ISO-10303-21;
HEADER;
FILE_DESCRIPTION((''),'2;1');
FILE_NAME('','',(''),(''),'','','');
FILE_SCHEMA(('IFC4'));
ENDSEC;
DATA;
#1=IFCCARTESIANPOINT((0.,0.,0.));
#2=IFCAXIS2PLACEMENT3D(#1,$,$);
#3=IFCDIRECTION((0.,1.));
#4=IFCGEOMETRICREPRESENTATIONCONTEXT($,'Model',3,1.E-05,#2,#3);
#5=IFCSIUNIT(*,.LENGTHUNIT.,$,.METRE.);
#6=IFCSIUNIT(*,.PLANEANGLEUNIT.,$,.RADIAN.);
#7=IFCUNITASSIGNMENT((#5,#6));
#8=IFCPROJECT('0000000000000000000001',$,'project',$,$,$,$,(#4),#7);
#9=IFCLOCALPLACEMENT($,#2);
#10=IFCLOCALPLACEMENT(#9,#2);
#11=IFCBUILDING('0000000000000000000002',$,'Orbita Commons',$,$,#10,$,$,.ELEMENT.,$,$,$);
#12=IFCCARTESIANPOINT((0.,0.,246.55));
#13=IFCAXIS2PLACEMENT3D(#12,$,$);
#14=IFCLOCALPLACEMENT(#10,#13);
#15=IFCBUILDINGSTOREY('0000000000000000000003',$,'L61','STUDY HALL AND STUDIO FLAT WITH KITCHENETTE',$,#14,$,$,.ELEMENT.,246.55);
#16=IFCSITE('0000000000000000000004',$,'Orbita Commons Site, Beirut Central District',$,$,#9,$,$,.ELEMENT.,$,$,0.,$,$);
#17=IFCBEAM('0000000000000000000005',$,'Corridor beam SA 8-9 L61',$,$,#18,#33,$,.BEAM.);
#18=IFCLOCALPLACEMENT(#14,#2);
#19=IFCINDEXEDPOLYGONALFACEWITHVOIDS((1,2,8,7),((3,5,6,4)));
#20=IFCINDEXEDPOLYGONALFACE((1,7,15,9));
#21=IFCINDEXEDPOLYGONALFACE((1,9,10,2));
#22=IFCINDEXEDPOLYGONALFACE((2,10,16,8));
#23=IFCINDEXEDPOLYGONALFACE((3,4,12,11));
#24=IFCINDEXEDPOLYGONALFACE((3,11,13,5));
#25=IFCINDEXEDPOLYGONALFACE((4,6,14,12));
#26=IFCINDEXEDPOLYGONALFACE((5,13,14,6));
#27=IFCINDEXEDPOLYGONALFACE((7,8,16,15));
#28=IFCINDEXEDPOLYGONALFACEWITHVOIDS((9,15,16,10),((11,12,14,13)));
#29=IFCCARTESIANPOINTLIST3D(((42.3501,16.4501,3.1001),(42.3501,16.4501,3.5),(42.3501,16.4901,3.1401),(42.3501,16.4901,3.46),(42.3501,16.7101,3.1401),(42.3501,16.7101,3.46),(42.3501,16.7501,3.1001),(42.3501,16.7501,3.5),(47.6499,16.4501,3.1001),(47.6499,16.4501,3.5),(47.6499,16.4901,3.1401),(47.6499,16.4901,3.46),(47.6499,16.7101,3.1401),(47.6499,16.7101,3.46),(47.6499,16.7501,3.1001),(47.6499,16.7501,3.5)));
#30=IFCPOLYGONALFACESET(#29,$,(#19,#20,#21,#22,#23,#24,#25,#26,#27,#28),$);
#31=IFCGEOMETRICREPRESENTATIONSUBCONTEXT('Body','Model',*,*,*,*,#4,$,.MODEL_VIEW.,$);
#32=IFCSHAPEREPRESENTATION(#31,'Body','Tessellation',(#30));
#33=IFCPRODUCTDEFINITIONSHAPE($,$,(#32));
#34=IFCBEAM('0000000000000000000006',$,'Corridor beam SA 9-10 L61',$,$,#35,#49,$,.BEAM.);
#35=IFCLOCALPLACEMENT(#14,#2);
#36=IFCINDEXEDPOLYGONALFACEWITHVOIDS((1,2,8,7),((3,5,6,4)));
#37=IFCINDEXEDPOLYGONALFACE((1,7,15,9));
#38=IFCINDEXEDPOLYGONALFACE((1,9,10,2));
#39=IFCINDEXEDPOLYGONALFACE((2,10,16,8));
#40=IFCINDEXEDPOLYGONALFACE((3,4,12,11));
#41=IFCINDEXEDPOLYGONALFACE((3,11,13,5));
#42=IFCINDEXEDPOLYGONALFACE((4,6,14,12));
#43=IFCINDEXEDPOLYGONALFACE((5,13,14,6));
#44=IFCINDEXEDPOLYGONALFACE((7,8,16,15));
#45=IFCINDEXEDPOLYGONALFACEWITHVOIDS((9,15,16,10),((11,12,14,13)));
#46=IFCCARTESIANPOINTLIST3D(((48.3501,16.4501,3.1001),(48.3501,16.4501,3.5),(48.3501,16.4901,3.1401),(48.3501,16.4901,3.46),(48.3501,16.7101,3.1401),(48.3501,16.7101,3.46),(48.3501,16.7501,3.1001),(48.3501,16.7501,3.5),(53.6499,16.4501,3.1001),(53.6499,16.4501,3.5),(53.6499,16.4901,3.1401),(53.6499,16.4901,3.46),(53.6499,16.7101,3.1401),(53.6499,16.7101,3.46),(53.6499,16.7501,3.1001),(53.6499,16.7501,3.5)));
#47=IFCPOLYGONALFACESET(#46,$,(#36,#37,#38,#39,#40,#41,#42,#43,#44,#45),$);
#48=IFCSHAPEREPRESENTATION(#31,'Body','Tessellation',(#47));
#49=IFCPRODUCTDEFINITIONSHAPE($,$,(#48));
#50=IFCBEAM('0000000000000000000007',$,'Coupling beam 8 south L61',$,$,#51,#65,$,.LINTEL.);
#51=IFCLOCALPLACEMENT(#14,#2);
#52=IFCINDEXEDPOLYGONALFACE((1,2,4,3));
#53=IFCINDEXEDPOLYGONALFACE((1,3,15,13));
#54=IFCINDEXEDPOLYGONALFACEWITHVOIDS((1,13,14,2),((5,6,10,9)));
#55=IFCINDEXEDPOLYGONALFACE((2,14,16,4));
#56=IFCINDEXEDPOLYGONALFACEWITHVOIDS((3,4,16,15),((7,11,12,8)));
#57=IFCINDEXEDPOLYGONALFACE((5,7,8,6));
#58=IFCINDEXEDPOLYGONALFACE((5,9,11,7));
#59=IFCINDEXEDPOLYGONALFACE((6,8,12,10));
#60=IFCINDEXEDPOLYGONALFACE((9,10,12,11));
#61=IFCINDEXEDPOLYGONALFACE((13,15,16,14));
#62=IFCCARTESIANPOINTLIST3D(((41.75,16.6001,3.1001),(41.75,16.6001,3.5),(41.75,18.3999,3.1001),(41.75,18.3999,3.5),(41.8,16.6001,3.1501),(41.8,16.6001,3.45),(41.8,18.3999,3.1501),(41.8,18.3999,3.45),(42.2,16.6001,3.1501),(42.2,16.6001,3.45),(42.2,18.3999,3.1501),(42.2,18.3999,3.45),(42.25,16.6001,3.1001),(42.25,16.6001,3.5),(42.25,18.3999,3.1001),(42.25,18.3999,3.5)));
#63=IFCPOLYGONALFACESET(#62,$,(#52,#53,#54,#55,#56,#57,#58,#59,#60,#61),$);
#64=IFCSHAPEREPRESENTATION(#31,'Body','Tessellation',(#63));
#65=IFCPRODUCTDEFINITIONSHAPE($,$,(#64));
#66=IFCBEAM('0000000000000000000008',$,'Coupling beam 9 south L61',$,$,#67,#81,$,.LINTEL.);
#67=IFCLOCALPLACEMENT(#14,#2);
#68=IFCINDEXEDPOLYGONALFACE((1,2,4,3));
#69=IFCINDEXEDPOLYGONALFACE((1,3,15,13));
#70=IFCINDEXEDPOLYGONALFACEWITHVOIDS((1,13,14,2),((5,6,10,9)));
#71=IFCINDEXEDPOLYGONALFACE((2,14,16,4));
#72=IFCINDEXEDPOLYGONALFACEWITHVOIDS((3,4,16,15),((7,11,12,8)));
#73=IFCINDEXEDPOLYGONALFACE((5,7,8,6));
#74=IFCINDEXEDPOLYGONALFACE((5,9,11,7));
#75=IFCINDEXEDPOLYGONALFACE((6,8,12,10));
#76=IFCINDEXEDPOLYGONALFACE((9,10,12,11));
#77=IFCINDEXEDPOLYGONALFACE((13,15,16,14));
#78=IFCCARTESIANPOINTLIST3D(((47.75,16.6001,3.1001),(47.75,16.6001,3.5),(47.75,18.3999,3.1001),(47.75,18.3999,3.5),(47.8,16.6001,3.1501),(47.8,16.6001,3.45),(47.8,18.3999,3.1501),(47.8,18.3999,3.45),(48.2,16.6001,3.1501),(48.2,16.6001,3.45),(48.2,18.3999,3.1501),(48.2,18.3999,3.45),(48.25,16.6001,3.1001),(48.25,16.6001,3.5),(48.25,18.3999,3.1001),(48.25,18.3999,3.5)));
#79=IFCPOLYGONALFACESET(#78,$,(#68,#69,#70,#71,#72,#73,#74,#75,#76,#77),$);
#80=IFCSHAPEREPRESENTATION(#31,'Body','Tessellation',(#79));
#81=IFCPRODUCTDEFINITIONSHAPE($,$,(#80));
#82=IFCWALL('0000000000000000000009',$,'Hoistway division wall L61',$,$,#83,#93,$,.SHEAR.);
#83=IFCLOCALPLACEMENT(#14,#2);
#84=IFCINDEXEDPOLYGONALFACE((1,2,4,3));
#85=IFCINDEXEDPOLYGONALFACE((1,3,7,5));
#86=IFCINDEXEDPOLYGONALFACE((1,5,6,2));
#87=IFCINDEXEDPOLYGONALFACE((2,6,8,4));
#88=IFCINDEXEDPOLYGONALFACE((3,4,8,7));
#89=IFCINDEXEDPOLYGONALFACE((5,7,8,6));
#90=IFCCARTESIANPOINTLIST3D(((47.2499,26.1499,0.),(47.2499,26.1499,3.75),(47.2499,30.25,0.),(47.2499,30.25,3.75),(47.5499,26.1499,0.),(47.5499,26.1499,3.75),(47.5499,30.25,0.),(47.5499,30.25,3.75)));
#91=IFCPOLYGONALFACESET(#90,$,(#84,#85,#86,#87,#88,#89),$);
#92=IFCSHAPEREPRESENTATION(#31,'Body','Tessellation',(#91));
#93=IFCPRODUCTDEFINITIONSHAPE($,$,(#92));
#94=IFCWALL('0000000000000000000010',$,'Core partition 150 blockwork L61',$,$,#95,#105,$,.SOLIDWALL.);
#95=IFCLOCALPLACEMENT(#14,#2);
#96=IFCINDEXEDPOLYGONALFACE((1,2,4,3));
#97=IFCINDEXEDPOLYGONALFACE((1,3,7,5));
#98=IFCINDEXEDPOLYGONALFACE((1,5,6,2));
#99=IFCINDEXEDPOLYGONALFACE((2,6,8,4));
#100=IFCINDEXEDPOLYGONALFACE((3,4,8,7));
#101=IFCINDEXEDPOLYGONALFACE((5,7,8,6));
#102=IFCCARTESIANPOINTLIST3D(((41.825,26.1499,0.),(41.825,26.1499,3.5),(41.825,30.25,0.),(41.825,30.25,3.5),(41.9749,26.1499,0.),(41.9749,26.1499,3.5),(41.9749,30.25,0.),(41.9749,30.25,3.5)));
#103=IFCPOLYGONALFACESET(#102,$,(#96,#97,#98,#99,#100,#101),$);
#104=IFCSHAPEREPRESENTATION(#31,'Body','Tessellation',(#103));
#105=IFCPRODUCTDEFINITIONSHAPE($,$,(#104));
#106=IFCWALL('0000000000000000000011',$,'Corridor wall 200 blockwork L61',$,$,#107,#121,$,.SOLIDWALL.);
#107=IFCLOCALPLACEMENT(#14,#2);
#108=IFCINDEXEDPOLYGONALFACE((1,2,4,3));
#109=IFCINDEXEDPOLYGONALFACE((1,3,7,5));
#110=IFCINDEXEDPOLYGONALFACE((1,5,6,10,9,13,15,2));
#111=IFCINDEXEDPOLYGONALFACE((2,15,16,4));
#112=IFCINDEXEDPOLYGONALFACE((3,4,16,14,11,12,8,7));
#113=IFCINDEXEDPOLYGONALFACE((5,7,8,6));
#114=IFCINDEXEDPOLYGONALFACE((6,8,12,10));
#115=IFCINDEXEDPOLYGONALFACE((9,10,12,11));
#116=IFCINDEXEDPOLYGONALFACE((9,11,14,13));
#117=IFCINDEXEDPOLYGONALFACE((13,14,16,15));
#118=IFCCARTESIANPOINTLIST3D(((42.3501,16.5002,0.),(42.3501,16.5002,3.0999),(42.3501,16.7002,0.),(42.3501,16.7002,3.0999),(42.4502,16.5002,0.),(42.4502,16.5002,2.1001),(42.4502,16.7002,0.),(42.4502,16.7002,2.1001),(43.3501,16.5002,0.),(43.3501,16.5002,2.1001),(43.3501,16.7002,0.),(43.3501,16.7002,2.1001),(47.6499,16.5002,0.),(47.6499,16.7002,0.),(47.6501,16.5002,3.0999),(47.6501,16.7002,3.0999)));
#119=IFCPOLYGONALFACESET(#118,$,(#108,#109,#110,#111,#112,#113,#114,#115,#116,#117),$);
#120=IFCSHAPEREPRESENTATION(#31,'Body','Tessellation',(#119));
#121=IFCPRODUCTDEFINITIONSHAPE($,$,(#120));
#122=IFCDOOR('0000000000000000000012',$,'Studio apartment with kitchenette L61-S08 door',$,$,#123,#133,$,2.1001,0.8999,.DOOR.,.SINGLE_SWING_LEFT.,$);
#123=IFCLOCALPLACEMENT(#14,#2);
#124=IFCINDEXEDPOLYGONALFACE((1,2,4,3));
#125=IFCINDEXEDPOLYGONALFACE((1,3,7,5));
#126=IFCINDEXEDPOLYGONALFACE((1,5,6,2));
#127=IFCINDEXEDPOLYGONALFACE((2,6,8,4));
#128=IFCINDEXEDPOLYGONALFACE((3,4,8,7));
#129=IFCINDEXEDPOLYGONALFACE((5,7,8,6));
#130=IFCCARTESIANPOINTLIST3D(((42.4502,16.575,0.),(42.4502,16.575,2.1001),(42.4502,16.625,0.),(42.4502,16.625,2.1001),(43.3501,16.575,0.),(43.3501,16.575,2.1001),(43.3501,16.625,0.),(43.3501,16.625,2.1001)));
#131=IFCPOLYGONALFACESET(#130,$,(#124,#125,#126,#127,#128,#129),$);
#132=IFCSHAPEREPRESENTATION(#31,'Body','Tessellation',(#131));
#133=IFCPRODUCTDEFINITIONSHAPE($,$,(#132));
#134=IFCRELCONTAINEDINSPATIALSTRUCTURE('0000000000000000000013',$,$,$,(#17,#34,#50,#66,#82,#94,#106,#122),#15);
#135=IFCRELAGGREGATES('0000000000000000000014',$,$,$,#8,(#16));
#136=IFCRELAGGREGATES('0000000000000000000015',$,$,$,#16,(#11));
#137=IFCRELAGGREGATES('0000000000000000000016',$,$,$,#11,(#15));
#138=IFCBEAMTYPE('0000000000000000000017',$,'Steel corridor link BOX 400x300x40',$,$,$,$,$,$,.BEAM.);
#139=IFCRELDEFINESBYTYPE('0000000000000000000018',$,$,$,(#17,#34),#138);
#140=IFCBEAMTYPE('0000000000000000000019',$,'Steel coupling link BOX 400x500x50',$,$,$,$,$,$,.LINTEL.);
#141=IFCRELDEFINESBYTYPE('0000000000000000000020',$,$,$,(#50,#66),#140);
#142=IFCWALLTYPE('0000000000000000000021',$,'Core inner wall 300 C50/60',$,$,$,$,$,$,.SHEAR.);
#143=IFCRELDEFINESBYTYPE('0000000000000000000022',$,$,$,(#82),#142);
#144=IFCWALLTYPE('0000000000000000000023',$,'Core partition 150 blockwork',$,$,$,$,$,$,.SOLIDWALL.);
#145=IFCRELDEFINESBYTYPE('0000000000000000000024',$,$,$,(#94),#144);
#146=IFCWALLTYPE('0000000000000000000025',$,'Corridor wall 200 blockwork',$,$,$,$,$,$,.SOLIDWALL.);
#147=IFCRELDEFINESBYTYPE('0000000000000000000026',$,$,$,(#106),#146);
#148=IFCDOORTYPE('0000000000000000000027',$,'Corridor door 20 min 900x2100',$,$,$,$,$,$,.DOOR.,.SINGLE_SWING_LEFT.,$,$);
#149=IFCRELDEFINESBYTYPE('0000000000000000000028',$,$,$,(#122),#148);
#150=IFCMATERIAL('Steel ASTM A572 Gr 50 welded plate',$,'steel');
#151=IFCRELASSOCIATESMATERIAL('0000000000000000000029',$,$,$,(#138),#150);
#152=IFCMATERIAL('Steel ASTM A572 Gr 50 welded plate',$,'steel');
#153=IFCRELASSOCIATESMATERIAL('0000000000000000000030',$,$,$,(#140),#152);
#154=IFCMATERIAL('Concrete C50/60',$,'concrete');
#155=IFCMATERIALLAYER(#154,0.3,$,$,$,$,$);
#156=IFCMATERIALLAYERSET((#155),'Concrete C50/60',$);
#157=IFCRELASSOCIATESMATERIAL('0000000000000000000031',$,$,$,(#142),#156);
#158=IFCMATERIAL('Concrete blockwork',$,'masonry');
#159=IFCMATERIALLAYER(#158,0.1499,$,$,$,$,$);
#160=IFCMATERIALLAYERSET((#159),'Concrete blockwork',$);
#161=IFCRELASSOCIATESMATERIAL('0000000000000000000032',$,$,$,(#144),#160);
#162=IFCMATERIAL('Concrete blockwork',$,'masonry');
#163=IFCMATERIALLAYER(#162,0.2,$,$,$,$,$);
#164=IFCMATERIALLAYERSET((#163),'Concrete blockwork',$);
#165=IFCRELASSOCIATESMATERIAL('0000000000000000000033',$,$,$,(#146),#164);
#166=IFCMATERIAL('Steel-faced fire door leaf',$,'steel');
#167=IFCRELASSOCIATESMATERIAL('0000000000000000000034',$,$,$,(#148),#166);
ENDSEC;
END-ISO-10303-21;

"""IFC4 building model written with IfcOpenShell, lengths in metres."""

from ifc_helpers import new_model, si_unit, direction, frame, frame_2d, origin, origin_2d, place, context, subcontext, project, spatial, polyline, rectangle, hollow_rectangle, outline, extrude, material, layer, layer_set, material_profile, profile_set, type_object, element, fill, save


model = new_model("IFC4")

# Units and contexts
model_context = context("Model", 3, precision=1e-05, world=origin(), true_north=direction((0.0, 1.0)))
body_context = subcontext(model_context, "Body", "Model", "MODEL_VIEW")
ifc_project = project(units=[si_unit("LENGTHUNIT", "METRE"), si_unit("PLANEANGLEUNIT", "RADIAN")], contexts=[model_context])

# Site, building, storey
site_placement = place(None, origin())
site = spatial("IfcSite", under=ifc_project, at=site_placement, Name="Orbita Commons Site, Beirut Central District", CompositionType="ELEMENT", RefElevation=0.0)
building_placement = place(site_placement, origin())
building = spatial("IfcBuilding", under=site, at=building_placement, Name="Orbita Commons", CompositionType="ELEMENT")
storey_placement = place(building_placement, frame((0.0, 0.0, 246.55)))
storey = spatial("IfcBuildingStorey", under=building, at=storey_placement, Name="L61", Description="STUDY HALL AND STUDIO FLAT WITH KITCHENETTE", CompositionType="ELEMENT", Elevation=246.55)

# Beams
ifc_material_1 = material(Name="Steel ASTM A572 Gr 50 welded plate", Category="steel")
ifc_material_profile_1 = material_profile(ifc_material_1, hollow_rectangle(XDim=0.3, YDim=0.3999, WallThickness=0.04, at=origin_2d()), Name="BOX 400x300x40")
ifc_profile_set_1 = profile_set([ifc_material_profile_1], Name="Steel ASTM A572 Gr 50 welded plate")
beam_type_1 = type_object("IfcBeamType", Name="Steel corridor link BOX 400x300x40", PredefinedType="BEAM", material=ifc_profile_set_1)
for number, where, z_axis, x_axis, name in (
    (1, (42.3501, 16.6001, 3.3), (1.0, 0.0, 0.0), (0.0, 1.0, 0.0), "Corridor beam SA 8-9 L61"),
    (2, (48.3501, 16.6001, 3.3), (1.0, 0.0, 0.0), (0.0, 1.0, 0.0), "Corridor beam SA 9-10 L61"),
):
    element("IfcBeam", number, at=place(storey_placement, frame(where, z_axis=z_axis, x_axis=x_axis)), inside=storey, type_object=beam_type_1, Name=name, PredefinedType="BEAM", context=body_context, shape_type="SweptSolid", body=[
        extrude(hollow_rectangle(XDim=0.3, YDim=0.3999, WallThickness=0.04, at=origin_2d()), origin(), (0.0, 0.0, 1.0), 5.2998),
    ])
ifc_material_2 = material(Name="Steel ASTM A572 Gr 50 welded plate", Category="steel")
ifc_material_profile_2 = material_profile(ifc_material_2, hollow_rectangle(XDim=0.5, YDim=0.3999, WallThickness=0.05, at=origin_2d()), Name="BOX 400x500x50")
ifc_profile_set_2 = profile_set([ifc_material_profile_2], Name="Steel ASTM A572 Gr 50 welded plate")
beam_type_2 = type_object("IfcBeamType", Name="Steel coupling link BOX 400x500x50", PredefinedType="LINTEL", material=ifc_profile_set_2)
for number, where, z_axis, x_axis, name in (
    (3, (42.0, 16.6001, 3.3), (0.0, 1.0, 0.0), (-1.0, 0.0, 0.0), "Coupling beam 8 south L61"),
    (4, (48.0, 16.6001, 3.3), (0.0, 1.0, 0.0), (-1.0, 0.0, 0.0), "Coupling beam 9 south L61"),
):
    element("IfcBeam", number, at=place(storey_placement, frame(where, z_axis=z_axis, x_axis=x_axis)), inside=storey, type_object=beam_type_2, Name=name, PredefinedType="LINTEL", context=body_context, shape_type="SweptSolid", body=[
        extrude(hollow_rectangle(XDim=0.5, YDim=0.3999, WallThickness=0.05, at=origin_2d()), origin(), (0.0, 0.0, 1.0), 1.7998),
    ])

# Walls
ifc_material_3 = material(Name="Concrete C50/60", Category="concrete")
ifc_layer_1 = layer(ifc_material_3, 0.3)
ifc_layer_set_1 = layer_set([ifc_layer_1], Name="Concrete C50/60")
wall_type_1 = type_object("IfcWallType", Name="Core inner wall 300 C50/60", PredefinedType="SHEAR", material=ifc_layer_set_1)
wall_1_placement = place(storey_placement, frame((47.3999, 26.1499, 0.0), z_axis=(0.0, 0.0, 1.0), x_axis=(0.0, 1.0, 0.0)))
element("IfcWall", 5, at=wall_1_placement, inside=storey, type_object=wall_type_1, Name="Hoistway division wall L61", PredefinedType="SHEAR", context=body_context, shape_type="SweptSolid", body=[
    extrude(rectangle(XDim=4.1001, YDim=0.3, at=frame_2d((2.05, 0.0))), origin(), (0.0, 0.0, 1.0), 3.75),
])
ifc_material_4 = material(Name="Concrete blockwork", Category="masonry")
ifc_layer_2 = layer(ifc_material_4, 0.1499)
ifc_layer_set_2 = layer_set([ifc_layer_2], Name="Concrete blockwork")
wall_type_2 = type_object("IfcWallType", Name="Core partition 150 blockwork", PredefinedType="SOLIDWALL", material=ifc_layer_set_2)
wall_2_placement = place(storey_placement, frame((41.8999, 26.1499, 0.0), z_axis=(0.0, 0.0, 1.0), x_axis=(0.0, 1.0, 0.0)))
element("IfcWall", 6, at=wall_2_placement, inside=storey, type_object=wall_type_2, Name="Core partition 150 blockwork L61", PredefinedType="SOLIDWALL", context=body_context, shape_type="SweptSolid", body=[
    extrude(rectangle(XDim=4.1001, YDim=0.1499, at=frame_2d((2.05, 0.0))), origin(), (0.0, 0.0, 1.0), 3.5),
])

# Wall, opening, door
ifc_material_5 = material(Name="Concrete blockwork", Category="masonry")
ifc_layer_3 = layer(ifc_material_5, 0.2)
ifc_layer_set_3 = layer_set([ifc_layer_3], Name="Concrete blockwork")
wall_type_3 = type_object("IfcWallType", Name="Corridor wall 200 blockwork", PredefinedType="SOLIDWALL", material=ifc_layer_set_3)
wall_3_placement = place(storey_placement, frame((42.3501, 16.6001, 0.0), z_axis=(0.0, 0.0, 1.0), x_axis=(1.0, 0.0, 0.0)))
wall_3 = element("IfcWall", 7, at=wall_3_placement, inside=storey, type_object=wall_type_3, Name="Corridor wall 200 blockwork L61", PredefinedType="SOLIDWALL", context=body_context, shape_type="SweptSolid", body=[
    extrude(outline(polyline([(0.0, 0.0), (5.2998, 0.0), (5.3, 3.0999), (0.0, 3.0999), (0.0, 0.0)])), frame((0.0, 0.1001, 0.0), z_axis=(0.0, -1.0, 0.0), x_axis=(1.0, 0.0, 0.0)), (0.0, 0.0, 1.0), 0.2),
])
opening_1_placement = place(wall_3_placement, frame((0.1001, 0.0, 0.0)))
opening_1 = element("IfcOpeningElement", 8, at=opening_1_placement, cuts=wall_3, PredefinedType="OPENING", context=body_context, shape_type="SweptSolid", body=[
    extrude(rectangle(XDim=0.8999, YDim=2.1001, at=frame_2d((0.45, 1.05))), frame((0.0, 0.1099, 0.0), z_axis=(0.0, -1.0, 0.0), x_axis=(1.0, 0.0, 0.0)), (0.0, 0.0, 1.0), 0.22),
])
ifc_material_6 = material(Name="Steel-faced fire door leaf", Category="steel")
door_type_1 = type_object("IfcDoorType", Name="Corridor door 20 min 900x2100", OperationType="SINGLE_SWING_LEFT", PredefinedType="DOOR", material=ifc_material_6)
door_1_placement = place(opening_1_placement, origin())
door_1 = element("IfcDoor", 9, at=door_1_placement, inside=storey, type_object=door_type_1, Name="Studio apartment with kitchenette L61-S08 door", OperationType="SINGLE_SWING_LEFT", OverallHeight=2.1001, OverallWidth=0.8999, PredefinedType="DOOR", context=body_context, shape_type="SweptSolid", body=[
    extrude(rectangle(XDim=0.8999, YDim=2.1001, at=frame_2d((0.45, 1.05))), frame((0.0, 0.0249, 0.0), z_axis=(0.0, -1.0, 0.0), x_axis=(1.0, 0.0, 0.0)), (0.0, 0.0, 1.0), 0.05),
])
fill(opening_1, door_1)

save(model, "model.ifc")
